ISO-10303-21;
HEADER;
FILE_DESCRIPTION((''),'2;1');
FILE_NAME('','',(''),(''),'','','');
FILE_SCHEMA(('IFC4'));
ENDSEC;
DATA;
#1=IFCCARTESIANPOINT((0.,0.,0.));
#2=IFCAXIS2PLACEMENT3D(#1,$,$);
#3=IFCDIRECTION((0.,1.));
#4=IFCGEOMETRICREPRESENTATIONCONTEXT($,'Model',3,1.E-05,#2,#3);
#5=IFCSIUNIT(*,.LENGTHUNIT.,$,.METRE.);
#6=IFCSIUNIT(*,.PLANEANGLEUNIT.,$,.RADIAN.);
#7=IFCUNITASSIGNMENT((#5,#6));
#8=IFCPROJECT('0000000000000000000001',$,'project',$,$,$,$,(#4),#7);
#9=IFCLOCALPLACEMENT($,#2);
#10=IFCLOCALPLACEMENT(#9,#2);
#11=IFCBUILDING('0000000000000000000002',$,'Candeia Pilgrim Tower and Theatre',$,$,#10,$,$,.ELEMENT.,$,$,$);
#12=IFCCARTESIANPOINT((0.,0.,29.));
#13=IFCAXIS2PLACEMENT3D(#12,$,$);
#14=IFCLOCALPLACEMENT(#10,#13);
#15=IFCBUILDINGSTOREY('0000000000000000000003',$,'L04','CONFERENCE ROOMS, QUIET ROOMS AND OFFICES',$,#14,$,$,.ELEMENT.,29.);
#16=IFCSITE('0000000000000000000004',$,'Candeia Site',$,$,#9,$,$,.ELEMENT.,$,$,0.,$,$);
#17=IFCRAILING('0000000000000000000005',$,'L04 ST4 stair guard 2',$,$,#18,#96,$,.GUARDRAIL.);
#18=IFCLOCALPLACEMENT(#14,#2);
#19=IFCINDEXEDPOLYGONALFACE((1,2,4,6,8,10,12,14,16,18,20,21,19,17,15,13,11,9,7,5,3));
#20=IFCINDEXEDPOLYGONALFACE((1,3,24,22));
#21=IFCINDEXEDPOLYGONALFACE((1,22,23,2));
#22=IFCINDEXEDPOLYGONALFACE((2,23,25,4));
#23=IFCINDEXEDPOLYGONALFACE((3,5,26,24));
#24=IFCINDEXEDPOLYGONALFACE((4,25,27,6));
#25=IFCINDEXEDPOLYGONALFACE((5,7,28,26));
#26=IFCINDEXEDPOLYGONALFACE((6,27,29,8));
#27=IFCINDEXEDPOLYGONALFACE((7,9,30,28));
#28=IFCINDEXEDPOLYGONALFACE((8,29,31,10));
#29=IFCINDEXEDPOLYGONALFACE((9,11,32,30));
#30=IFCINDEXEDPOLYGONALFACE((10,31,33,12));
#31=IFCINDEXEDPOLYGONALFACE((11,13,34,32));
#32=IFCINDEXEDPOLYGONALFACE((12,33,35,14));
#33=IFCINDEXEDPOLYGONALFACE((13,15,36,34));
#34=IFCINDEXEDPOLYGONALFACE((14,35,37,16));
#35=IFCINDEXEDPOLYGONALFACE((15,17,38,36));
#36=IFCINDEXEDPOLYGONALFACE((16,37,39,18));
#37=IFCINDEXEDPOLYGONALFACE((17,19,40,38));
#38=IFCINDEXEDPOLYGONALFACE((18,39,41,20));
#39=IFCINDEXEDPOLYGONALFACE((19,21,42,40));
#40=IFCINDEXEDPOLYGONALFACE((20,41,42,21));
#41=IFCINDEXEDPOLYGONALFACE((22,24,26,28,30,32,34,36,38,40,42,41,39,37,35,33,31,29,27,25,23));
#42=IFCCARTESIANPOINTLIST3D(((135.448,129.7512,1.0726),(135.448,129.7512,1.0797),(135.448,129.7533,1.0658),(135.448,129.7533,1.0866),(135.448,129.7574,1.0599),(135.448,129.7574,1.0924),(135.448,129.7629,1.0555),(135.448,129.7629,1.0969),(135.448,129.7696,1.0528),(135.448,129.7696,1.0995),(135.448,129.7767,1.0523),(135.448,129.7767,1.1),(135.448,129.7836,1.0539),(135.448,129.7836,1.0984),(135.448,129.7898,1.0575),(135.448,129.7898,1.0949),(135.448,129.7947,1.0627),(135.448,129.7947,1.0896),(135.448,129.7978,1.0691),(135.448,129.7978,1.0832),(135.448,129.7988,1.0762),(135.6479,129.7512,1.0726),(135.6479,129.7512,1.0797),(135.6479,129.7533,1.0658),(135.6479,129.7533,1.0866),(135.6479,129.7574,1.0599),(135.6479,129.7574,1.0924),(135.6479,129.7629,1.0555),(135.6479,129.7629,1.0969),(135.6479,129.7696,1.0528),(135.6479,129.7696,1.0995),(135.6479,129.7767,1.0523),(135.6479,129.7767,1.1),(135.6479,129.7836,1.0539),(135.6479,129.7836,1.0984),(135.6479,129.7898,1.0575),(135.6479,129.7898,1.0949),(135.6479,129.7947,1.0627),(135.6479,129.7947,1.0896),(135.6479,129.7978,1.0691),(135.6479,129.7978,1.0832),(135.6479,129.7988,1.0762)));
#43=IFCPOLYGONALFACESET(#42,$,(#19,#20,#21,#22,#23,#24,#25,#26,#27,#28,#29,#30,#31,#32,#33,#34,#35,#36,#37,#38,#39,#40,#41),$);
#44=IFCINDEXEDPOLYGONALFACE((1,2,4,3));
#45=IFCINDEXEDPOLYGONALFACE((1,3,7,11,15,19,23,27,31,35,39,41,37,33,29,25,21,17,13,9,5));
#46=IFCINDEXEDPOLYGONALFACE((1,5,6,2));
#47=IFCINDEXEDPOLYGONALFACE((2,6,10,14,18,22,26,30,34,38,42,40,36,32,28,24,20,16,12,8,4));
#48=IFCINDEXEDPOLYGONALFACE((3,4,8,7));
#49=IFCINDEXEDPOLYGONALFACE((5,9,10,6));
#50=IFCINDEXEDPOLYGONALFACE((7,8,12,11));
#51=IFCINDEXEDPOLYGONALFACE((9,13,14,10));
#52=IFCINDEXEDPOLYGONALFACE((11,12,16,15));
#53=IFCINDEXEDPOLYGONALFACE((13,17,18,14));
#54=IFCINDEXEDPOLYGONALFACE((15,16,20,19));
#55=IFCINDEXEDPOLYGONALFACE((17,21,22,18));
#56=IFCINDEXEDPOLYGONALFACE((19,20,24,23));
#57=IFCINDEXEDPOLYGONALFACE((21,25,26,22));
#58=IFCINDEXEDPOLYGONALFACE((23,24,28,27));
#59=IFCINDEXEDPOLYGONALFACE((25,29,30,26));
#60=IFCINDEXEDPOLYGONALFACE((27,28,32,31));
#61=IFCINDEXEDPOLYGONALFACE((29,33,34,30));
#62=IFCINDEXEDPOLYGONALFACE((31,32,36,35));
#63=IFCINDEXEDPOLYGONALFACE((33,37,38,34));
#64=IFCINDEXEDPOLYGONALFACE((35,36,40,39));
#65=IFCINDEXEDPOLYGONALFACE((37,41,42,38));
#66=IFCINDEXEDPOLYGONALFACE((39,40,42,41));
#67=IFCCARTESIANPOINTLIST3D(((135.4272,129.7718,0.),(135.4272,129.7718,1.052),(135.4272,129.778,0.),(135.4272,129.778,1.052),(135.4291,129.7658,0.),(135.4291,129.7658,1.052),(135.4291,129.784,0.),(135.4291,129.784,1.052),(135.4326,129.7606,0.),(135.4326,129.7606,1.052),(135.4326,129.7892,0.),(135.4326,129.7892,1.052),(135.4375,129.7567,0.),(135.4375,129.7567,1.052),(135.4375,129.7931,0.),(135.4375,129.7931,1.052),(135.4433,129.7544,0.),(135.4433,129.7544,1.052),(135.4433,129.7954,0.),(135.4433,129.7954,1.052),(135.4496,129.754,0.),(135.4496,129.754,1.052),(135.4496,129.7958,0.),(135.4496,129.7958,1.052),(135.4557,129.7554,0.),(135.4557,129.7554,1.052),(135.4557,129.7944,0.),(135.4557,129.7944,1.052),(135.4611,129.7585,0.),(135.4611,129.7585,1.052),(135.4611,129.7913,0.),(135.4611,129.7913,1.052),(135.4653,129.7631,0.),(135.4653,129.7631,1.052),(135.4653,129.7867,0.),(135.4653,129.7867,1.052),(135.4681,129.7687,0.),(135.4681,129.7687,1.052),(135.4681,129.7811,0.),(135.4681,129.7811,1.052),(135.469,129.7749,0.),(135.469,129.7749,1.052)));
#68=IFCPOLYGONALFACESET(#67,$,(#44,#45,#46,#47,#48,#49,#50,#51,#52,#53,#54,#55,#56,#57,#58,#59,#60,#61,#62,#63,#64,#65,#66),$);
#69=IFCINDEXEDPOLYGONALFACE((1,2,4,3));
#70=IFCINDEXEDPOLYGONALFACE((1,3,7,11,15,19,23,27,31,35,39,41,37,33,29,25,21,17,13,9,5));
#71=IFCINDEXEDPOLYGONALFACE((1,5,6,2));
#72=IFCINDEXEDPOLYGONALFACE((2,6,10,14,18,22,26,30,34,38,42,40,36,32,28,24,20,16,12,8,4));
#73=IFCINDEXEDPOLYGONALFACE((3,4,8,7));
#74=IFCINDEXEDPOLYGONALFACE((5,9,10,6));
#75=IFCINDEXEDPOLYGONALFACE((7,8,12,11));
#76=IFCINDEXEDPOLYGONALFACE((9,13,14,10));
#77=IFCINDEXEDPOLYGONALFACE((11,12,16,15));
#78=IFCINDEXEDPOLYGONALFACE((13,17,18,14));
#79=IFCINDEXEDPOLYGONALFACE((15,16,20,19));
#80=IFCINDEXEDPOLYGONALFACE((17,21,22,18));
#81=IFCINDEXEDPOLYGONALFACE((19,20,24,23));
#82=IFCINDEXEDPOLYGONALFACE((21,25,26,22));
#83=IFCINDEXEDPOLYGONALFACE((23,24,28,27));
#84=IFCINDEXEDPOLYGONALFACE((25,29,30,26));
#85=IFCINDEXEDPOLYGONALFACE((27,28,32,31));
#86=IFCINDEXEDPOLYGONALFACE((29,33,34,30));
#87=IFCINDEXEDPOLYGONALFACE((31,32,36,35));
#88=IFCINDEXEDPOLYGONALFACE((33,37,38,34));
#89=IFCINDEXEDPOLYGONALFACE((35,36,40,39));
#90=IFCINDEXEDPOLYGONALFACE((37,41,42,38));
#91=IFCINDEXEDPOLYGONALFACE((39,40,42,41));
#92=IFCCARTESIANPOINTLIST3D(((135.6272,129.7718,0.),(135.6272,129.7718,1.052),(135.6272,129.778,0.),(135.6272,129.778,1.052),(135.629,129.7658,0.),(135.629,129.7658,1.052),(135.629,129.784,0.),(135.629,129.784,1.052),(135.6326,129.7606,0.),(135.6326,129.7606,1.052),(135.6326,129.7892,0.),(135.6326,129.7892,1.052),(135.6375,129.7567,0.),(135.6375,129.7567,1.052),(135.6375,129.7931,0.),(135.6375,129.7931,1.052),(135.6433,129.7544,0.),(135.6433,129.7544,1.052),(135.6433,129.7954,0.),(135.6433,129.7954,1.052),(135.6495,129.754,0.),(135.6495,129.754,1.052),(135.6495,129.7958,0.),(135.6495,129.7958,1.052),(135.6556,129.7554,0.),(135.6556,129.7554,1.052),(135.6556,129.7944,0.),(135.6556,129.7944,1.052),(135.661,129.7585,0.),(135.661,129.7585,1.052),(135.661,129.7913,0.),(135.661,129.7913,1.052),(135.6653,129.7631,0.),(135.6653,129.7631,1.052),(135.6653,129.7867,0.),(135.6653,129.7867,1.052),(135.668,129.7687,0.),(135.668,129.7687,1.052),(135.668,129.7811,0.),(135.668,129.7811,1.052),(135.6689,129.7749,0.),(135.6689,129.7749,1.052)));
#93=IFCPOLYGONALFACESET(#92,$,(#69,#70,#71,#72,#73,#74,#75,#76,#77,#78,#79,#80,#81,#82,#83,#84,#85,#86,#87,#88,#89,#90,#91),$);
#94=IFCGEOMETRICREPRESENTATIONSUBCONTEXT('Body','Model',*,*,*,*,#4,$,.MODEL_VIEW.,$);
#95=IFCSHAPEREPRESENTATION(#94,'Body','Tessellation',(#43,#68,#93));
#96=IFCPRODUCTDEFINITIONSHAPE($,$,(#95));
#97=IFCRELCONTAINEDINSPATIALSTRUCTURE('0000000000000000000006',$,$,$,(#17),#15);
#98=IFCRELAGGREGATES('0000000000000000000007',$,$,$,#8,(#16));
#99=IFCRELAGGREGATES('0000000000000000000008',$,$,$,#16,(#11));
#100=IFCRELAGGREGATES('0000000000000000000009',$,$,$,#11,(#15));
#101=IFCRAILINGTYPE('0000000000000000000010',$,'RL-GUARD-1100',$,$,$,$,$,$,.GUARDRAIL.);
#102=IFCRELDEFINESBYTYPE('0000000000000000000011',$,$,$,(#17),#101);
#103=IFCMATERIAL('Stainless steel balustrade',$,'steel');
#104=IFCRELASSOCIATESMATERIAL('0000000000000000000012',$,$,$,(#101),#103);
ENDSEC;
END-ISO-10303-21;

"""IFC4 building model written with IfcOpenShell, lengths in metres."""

from ifc_helpers import new_model, si_unit, direction, frame, origin, origin_2d, place, context, subcontext, project, spatial, circle, extrude, material, type_object, element, save


model = new_model("IFC4")

# Units and contexts
model_context = context("Model", 3, precision=1e-05, world=origin(), true_north=direction((0.0, 1.0)))
body_context = subcontext(model_context, "Body", "Model", "MODEL_VIEW")
ifc_project = project(units=[si_unit("LENGTHUNIT", "METRE"), si_unit("PLANEANGLEUNIT", "RADIAN")], contexts=[model_context])

# Site, building, storey
site_placement = place(None, origin())
site = spatial("IfcSite", under=ifc_project, at=site_placement, Name="Candeia Site", CompositionType="ELEMENT", RefElevation=0.0)
building_placement = place(site_placement, origin())
building = spatial("IfcBuilding", under=site, at=building_placement, Name="Candeia Pilgrim Tower and Theatre", CompositionType="ELEMENT")
storey_placement = place(building_placement, frame((0.0, 0.0, 29.0)))
storey = spatial("IfcBuildingStorey", under=building, at=storey_placement, Name="L04", Description="CONFERENCE ROOMS, QUIET ROOMS AND OFFICES", CompositionType="ELEMENT", Elevation=29.0)

# Railing
ifc_material_1 = material(Name="Stainless steel balustrade", Category="steel")
railing_type_1 = type_object("IfcRailingType", Name="RL-GUARD-1100", PredefinedType="GUARDRAIL", material=ifc_material_1)
railing_1_placement = place(storey_placement, frame((135.448, 129.7749, 0.0)))
element("IfcRailing", 1, at=railing_1_placement, inside=storey, type_object=railing_type_1, Name="L04 ST4 stair guard 2", PredefinedType="GUARDRAIL", context=body_context, shape_type="SweptSolid", body=[
    extrude(circle(Radius=0.0239, at=origin_2d()), frame((0.0, 0.0, 1.0762), z_axis=(1.0, 0.0, 0.0), x_axis=(0.0, 1.0, 0.0)), (0.0, 0.0, 1.0), 0.2),
    extrude(circle(Radius=0.021, at=origin_2d()), origin(), (0.0, 0.0, 1.0), 1.052),
    extrude(circle(Radius=0.021, at=origin_2d()), frame((0.2, 0.0, 0.0)), (0.0, 0.0, 1.0), 1.052),
])

save(model, "model.ifc")
